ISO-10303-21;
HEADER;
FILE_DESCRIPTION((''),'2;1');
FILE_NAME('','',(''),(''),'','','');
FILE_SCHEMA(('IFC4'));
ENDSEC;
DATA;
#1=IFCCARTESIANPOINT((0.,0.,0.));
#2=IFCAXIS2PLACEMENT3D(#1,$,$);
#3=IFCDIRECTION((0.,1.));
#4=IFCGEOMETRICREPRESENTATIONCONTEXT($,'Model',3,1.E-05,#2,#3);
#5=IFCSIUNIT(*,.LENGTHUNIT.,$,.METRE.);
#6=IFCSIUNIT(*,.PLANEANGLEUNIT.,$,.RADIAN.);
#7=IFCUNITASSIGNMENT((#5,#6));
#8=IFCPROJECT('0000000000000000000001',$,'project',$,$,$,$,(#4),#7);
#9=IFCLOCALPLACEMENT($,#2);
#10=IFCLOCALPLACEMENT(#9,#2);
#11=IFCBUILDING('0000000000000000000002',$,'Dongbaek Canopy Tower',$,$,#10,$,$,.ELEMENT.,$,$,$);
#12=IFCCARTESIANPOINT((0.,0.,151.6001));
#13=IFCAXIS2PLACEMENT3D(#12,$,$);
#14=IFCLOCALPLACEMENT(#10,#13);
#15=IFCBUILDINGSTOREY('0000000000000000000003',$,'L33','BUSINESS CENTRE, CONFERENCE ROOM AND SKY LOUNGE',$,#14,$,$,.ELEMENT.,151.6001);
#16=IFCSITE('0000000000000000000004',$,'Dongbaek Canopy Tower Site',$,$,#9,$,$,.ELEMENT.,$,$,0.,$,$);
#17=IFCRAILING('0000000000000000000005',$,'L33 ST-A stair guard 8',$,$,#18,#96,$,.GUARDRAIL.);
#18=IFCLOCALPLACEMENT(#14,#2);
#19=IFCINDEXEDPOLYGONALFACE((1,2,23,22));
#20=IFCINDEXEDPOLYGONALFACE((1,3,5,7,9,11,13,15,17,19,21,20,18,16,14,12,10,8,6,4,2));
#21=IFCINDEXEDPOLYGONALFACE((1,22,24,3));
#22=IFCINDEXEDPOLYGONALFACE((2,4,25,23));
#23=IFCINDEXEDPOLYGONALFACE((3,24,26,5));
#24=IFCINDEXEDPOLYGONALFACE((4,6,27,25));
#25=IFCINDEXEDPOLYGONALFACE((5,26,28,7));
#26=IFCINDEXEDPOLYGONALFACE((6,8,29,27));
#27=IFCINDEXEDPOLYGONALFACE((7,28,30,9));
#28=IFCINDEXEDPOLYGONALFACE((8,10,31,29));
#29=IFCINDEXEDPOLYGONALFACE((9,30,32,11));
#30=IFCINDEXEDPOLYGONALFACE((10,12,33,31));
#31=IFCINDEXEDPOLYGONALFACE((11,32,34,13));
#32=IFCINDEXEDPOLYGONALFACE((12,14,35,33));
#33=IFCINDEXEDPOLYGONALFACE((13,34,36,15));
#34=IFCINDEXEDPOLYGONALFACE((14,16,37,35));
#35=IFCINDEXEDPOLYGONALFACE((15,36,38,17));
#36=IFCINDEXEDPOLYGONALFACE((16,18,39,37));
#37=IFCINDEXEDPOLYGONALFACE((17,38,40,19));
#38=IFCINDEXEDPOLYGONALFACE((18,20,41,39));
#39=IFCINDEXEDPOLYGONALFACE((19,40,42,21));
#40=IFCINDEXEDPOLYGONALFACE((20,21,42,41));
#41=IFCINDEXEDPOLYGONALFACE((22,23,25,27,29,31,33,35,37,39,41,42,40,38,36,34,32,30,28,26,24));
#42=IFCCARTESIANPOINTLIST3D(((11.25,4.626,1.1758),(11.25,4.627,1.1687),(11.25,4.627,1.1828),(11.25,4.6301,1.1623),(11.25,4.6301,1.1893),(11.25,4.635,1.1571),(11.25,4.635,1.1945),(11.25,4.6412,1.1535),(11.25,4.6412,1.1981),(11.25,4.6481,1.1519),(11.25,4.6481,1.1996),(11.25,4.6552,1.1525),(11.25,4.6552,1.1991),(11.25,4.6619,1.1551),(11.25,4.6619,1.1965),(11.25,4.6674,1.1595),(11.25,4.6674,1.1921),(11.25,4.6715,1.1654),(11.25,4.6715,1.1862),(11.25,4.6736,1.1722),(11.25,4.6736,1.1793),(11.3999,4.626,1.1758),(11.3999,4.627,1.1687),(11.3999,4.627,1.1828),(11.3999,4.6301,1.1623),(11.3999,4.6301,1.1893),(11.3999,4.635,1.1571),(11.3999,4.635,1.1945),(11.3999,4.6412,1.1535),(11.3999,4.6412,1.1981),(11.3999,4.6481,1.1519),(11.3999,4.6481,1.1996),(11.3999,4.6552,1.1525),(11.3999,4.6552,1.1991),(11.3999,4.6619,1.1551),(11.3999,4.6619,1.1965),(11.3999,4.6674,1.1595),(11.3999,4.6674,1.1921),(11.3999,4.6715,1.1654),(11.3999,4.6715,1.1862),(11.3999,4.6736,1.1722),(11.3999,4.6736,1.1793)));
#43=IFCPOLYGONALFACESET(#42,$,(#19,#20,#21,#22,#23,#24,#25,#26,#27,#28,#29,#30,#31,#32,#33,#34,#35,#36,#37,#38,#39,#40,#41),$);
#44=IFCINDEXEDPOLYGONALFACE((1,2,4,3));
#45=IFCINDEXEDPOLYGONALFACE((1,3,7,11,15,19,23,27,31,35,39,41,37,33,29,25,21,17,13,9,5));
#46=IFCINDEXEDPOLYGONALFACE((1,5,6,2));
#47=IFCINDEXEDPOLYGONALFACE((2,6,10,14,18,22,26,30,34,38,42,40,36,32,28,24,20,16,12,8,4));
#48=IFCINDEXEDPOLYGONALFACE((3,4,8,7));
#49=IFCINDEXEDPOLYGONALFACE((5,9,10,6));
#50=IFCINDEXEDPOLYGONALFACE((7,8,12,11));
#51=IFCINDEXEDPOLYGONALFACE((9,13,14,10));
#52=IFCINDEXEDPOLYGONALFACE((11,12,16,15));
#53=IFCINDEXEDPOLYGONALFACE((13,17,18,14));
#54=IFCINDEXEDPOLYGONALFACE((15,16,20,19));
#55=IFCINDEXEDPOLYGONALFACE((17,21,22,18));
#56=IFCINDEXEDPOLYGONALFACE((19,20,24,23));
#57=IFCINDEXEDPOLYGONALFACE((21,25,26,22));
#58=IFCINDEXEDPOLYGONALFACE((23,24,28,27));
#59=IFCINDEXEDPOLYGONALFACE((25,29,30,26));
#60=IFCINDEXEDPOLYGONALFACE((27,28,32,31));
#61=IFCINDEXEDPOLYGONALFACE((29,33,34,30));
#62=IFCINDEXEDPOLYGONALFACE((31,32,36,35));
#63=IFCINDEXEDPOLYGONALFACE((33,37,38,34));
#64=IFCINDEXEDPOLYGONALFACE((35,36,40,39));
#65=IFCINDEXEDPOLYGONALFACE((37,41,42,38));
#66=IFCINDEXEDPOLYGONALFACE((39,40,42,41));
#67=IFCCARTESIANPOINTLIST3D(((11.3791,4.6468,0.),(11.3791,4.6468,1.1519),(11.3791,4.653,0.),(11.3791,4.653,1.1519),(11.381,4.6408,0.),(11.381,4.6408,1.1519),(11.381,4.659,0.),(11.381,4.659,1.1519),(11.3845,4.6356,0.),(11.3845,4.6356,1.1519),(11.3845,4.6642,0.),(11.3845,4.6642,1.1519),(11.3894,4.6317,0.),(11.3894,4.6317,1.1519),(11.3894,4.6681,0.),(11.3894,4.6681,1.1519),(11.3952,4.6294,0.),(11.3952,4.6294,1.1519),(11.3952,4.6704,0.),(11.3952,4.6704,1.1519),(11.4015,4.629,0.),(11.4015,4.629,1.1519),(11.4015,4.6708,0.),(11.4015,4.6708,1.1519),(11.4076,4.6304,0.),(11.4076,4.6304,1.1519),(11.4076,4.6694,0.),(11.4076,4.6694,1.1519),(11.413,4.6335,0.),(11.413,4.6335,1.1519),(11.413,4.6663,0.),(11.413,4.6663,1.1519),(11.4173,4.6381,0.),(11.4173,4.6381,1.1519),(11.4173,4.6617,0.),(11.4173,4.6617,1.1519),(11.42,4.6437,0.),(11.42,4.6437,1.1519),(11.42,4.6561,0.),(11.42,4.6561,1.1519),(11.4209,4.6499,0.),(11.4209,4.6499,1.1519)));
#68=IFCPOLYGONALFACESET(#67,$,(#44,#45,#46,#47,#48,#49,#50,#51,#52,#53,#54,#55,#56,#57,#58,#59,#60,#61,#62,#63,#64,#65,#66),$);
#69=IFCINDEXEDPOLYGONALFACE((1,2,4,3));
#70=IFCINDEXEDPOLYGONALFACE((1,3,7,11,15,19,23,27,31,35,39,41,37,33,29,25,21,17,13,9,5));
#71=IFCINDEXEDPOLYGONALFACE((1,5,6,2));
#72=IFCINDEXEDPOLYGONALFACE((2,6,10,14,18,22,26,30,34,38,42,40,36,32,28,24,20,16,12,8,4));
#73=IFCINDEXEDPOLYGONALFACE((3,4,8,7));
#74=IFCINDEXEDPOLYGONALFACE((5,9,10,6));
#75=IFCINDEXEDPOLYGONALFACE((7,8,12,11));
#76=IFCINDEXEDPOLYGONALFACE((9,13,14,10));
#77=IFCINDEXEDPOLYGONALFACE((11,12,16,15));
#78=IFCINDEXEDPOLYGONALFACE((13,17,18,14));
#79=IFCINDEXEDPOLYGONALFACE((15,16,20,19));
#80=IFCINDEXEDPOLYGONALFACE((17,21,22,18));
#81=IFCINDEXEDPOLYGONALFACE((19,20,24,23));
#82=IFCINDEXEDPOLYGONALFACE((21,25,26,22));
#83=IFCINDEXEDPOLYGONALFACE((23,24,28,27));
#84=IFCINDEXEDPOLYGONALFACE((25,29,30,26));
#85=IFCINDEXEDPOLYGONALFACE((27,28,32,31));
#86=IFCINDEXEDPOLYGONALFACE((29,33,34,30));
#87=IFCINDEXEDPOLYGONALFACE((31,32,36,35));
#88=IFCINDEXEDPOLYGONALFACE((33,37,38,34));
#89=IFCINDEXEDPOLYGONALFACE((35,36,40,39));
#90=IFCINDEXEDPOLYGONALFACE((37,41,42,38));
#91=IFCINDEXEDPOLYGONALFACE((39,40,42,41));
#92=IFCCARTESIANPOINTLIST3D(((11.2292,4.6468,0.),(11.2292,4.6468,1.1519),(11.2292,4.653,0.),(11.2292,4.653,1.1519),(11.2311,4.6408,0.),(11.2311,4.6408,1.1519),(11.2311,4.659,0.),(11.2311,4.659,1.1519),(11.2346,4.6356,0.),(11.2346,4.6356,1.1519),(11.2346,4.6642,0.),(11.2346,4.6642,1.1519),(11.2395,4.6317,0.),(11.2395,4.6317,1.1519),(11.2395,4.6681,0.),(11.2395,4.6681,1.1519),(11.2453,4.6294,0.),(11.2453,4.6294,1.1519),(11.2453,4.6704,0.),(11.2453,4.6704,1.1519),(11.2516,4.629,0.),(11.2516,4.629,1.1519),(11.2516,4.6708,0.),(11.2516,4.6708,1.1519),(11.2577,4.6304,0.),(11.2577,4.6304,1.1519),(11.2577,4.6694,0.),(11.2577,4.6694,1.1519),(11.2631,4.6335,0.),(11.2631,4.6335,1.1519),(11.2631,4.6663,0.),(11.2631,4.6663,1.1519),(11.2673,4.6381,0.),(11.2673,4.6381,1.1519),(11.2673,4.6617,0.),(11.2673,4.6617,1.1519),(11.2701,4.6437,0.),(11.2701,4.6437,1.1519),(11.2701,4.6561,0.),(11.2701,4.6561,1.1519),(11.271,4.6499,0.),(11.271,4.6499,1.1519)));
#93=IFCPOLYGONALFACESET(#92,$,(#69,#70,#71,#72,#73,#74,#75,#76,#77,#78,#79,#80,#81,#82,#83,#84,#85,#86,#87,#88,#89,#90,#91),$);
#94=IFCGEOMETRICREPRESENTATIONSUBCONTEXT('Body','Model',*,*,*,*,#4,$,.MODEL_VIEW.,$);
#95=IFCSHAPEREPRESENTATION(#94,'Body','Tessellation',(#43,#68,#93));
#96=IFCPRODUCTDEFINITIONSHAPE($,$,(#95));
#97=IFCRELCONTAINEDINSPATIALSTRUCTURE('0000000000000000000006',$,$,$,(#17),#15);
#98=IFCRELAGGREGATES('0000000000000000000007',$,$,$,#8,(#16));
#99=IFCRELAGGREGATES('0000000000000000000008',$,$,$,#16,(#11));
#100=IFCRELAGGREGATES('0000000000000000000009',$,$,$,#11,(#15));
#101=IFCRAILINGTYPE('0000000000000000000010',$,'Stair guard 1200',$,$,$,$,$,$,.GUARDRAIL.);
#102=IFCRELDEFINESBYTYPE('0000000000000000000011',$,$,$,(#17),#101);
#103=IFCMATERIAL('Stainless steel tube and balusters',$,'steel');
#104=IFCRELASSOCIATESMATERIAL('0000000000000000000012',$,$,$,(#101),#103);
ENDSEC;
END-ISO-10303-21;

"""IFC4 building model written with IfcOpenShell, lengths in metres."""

from ifc_helpers import new_model, si_unit, direction, frame, origin, origin_2d, place, context, subcontext, project, spatial, circle, extrude, material, type_object, element, save


model = new_model("IFC4")

# Units and contexts
model_context = context("Model", 3, precision=1e-05, world=origin(), true_north=direction((0.0, 1.0)))
body_context = subcontext(model_context, "Body", "Model", "MODEL_VIEW")
ifc_project = project(units=[si_unit("LENGTHUNIT", "METRE"), si_unit("PLANEANGLEUNIT", "RADIAN")], contexts=[model_context])

# Site, building, storey
site_placement = place(None, origin())
site = spatial("IfcSite", under=ifc_project, at=site_placement, Name="Dongbaek Canopy Tower Site", CompositionType="ELEMENT", RefElevation=0.0)
building_placement = place(site_placement, origin())
building = spatial("IfcBuilding", under=site, at=building_placement, Name="Dongbaek Canopy Tower", CompositionType="ELEMENT")
storey_placement = place(building_placement, frame((0.0, 0.0, 151.6001)))
storey = spatial("IfcBuildingStorey", under=building, at=storey_placement, Name="L33", Description="BUSINESS CENTRE, CONFERENCE ROOM AND SKY LOUNGE", CompositionType="ELEMENT", Elevation=151.6001)

# Railing
ifc_material_1 = material(Name="Stainless steel tube and balusters", Category="steel")
railing_type_1 = type_object("IfcRailingType", Name="Stair guard 1200", PredefinedType="GUARDRAIL", material=ifc_material_1)
railing_1_placement = place(storey_placement, frame((11.3999, 4.6499, 0.0)))
element("IfcRailing", 1, at=railing_1_placement, inside=storey, type_object=railing_type_1, Name="L33 ST-A stair guard 8", PredefinedType="GUARDRAIL", context=body_context, shape_type="SweptSolid", body=[
    extrude(circle(Radius=0.0239, at=origin_2d()), frame((0.0, 0.0, 1.1758), z_axis=(-1.0, 0.0, 0.0), x_axis=(0.0, -1.0, 0.0)), (0.0, 0.0, 1.0), 0.1499),
    extrude(circle(Radius=0.021, at=origin_2d()), origin(), (0.0, 0.0, 1.0), 1.1519),
    extrude(circle(Radius=0.021, at=origin_2d()), frame((-0.1499, 0.0, 0.0)), (0.0, 0.0, 1.0), 1.1519),
])

save(model, "model.ifc")
